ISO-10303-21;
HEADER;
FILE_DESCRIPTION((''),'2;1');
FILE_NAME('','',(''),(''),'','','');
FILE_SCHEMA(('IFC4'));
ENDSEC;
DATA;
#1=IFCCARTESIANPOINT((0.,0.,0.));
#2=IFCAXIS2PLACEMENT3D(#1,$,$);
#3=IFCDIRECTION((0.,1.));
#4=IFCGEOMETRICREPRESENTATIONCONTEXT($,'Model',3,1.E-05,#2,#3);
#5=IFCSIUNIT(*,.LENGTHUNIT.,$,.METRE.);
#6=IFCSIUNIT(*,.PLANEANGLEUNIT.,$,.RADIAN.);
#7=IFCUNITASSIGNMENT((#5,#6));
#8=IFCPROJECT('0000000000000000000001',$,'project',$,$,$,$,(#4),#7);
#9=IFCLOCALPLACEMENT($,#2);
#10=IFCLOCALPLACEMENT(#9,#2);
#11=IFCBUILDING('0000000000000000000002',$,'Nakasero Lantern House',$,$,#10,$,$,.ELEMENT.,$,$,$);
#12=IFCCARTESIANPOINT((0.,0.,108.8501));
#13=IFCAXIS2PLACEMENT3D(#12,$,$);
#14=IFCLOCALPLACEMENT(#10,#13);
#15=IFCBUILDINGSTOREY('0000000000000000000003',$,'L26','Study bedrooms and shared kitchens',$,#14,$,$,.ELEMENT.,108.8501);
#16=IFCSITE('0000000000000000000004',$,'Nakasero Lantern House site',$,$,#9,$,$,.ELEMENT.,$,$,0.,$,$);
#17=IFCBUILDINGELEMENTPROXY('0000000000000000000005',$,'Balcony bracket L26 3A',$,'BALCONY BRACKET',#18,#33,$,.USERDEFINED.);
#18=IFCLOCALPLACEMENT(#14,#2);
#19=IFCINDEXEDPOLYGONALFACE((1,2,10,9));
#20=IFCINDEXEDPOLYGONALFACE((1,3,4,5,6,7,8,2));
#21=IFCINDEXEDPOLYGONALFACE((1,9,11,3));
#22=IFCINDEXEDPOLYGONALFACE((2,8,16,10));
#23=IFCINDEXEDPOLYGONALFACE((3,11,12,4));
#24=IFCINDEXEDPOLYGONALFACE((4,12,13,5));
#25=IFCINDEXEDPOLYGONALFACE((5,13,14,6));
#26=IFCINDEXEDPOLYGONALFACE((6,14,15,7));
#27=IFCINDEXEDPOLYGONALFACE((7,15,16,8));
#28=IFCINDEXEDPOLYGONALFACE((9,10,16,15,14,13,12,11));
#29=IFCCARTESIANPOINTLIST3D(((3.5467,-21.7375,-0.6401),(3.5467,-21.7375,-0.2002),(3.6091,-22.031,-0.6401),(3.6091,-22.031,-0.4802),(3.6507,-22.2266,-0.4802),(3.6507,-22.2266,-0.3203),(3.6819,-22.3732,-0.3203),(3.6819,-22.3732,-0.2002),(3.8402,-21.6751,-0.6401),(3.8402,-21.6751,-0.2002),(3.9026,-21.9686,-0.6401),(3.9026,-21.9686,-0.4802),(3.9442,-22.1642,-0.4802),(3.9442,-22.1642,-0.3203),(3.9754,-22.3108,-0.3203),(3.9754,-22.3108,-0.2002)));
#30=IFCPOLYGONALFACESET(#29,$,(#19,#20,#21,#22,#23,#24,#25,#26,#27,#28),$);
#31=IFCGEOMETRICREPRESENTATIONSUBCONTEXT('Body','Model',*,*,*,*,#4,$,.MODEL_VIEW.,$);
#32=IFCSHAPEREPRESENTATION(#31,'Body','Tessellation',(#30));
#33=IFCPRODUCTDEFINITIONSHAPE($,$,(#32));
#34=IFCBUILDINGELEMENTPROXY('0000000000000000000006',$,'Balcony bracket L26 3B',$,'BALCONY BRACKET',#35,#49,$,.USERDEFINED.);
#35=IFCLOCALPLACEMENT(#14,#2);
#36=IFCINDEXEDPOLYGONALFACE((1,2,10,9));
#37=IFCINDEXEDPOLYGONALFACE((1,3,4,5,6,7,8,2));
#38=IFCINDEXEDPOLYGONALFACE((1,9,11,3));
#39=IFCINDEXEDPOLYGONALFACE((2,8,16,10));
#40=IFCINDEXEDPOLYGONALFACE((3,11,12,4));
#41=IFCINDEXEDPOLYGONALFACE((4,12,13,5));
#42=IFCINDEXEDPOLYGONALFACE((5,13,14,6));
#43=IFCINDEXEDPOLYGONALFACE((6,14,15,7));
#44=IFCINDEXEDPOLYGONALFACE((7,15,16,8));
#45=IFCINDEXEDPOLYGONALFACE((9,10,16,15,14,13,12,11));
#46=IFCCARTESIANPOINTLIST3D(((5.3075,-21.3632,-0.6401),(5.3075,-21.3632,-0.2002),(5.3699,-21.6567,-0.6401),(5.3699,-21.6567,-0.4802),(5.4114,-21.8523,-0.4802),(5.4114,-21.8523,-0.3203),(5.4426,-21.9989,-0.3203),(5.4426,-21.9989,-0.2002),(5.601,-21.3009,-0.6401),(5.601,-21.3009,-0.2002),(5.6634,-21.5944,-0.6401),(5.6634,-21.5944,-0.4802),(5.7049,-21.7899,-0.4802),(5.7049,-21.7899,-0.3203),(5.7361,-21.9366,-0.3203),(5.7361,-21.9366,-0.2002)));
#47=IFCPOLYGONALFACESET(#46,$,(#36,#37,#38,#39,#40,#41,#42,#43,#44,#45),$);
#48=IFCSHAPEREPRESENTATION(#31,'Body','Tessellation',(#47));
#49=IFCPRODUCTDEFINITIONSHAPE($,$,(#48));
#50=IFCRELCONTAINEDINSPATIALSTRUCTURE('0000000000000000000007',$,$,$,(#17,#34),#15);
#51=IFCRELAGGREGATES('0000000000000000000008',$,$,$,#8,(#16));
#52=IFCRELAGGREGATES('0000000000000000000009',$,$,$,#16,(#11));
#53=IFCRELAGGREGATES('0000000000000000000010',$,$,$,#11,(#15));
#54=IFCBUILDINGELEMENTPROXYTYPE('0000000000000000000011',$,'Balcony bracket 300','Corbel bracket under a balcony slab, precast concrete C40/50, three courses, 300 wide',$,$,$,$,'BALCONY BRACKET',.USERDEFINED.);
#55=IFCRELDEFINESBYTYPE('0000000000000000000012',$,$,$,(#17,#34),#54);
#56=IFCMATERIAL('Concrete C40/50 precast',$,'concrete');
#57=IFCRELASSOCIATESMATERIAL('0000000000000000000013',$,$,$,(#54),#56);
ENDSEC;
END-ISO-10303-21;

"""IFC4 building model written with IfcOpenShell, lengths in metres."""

from ifc_helpers import new_model, si_unit, direction, frame, origin, place, context, subcontext, project, spatial, polyline, outline, extrude, material, type_object, element, save


model = new_model("IFC4")

# Units and contexts
model_context = context("Model", 3, precision=1e-05, world=origin(), true_north=direction((0.0, 1.0)))
body_context = subcontext(model_context, "Body", "Model", "MODEL_VIEW")
ifc_project = project(units=[si_unit("LENGTHUNIT", "METRE"), si_unit("PLANEANGLEUNIT", "RADIAN")], contexts=[model_context])

# Site, building, storey
site_placement = place(None, origin())
site = spatial("IfcSite", under=ifc_project, at=site_placement, Name="Nakasero Lantern House site", CompositionType="ELEMENT", RefElevation=0.0)
building_placement = place(site_placement, origin())
building = spatial("IfcBuilding", under=site, at=building_placement, Name="Nakasero Lantern House", CompositionType="ELEMENT")
storey_placement = place(building_placement, frame((0.0, 0.0, 108.8501)))
storey = spatial("IfcBuildingStorey", under=building, at=storey_placement, Name="L26", Description="Study bedrooms and shared kitchens", CompositionType="ELEMENT", Elevation=108.8501)

# Building element proxies
ifc_material_1 = material(Name="Concrete C40/50 precast", Category="concrete")
building_element_proxy_type = type_object("IfcBuildingElementProxyType", Name="Balcony bracket 300", Description="Corbel bracket under a balcony slab, precast concrete C40/50, three courses, 300 wide", ElementType="BALCONY BRACKET", PredefinedType="USERDEFINED", material=ifc_material_1)
for number, where, z_axis, x_axis, name in (
    (1, (3.6936, -21.7063, -0.2002), (0.0, 0.0, 1.0), (0.207912, -0.978148, 0.0), "Balcony bracket L26 3A"),
    (2, (5.4543, -21.332, -0.2002), (0.0, 0.0, 1.0), (0.207912, -0.978148, 0.0), "Balcony bracket L26 3B"),
):
    element("IfcBuildingElementProxy", number, at=place(storey_placement, frame(where, z_axis=z_axis, x_axis=x_axis)), inside=storey, type_object=building_element_proxy_type, Name=name, ObjectType="BALCONY BRACKET", PredefinedType="USERDEFINED", context=body_context, shape_type="SweptSolid", body=[
        extrude(outline(polyline([(0.0, 0.0), (0.6499, 0.0), (0.6499, -0.1201), (0.5, -0.1201), (0.5, -0.28), (0.3, -0.28), (0.3, -0.4399), (0.0, -0.4399), (0.0, 0.0)])), frame((0.0, 0.1499, 0.0), z_axis=(0.0, -1.0, 0.0), x_axis=(1.0, 0.0, 0.0)), (0.0, 0.0, 1.0), 0.3),
    ])

save(model, "model.ifc")
